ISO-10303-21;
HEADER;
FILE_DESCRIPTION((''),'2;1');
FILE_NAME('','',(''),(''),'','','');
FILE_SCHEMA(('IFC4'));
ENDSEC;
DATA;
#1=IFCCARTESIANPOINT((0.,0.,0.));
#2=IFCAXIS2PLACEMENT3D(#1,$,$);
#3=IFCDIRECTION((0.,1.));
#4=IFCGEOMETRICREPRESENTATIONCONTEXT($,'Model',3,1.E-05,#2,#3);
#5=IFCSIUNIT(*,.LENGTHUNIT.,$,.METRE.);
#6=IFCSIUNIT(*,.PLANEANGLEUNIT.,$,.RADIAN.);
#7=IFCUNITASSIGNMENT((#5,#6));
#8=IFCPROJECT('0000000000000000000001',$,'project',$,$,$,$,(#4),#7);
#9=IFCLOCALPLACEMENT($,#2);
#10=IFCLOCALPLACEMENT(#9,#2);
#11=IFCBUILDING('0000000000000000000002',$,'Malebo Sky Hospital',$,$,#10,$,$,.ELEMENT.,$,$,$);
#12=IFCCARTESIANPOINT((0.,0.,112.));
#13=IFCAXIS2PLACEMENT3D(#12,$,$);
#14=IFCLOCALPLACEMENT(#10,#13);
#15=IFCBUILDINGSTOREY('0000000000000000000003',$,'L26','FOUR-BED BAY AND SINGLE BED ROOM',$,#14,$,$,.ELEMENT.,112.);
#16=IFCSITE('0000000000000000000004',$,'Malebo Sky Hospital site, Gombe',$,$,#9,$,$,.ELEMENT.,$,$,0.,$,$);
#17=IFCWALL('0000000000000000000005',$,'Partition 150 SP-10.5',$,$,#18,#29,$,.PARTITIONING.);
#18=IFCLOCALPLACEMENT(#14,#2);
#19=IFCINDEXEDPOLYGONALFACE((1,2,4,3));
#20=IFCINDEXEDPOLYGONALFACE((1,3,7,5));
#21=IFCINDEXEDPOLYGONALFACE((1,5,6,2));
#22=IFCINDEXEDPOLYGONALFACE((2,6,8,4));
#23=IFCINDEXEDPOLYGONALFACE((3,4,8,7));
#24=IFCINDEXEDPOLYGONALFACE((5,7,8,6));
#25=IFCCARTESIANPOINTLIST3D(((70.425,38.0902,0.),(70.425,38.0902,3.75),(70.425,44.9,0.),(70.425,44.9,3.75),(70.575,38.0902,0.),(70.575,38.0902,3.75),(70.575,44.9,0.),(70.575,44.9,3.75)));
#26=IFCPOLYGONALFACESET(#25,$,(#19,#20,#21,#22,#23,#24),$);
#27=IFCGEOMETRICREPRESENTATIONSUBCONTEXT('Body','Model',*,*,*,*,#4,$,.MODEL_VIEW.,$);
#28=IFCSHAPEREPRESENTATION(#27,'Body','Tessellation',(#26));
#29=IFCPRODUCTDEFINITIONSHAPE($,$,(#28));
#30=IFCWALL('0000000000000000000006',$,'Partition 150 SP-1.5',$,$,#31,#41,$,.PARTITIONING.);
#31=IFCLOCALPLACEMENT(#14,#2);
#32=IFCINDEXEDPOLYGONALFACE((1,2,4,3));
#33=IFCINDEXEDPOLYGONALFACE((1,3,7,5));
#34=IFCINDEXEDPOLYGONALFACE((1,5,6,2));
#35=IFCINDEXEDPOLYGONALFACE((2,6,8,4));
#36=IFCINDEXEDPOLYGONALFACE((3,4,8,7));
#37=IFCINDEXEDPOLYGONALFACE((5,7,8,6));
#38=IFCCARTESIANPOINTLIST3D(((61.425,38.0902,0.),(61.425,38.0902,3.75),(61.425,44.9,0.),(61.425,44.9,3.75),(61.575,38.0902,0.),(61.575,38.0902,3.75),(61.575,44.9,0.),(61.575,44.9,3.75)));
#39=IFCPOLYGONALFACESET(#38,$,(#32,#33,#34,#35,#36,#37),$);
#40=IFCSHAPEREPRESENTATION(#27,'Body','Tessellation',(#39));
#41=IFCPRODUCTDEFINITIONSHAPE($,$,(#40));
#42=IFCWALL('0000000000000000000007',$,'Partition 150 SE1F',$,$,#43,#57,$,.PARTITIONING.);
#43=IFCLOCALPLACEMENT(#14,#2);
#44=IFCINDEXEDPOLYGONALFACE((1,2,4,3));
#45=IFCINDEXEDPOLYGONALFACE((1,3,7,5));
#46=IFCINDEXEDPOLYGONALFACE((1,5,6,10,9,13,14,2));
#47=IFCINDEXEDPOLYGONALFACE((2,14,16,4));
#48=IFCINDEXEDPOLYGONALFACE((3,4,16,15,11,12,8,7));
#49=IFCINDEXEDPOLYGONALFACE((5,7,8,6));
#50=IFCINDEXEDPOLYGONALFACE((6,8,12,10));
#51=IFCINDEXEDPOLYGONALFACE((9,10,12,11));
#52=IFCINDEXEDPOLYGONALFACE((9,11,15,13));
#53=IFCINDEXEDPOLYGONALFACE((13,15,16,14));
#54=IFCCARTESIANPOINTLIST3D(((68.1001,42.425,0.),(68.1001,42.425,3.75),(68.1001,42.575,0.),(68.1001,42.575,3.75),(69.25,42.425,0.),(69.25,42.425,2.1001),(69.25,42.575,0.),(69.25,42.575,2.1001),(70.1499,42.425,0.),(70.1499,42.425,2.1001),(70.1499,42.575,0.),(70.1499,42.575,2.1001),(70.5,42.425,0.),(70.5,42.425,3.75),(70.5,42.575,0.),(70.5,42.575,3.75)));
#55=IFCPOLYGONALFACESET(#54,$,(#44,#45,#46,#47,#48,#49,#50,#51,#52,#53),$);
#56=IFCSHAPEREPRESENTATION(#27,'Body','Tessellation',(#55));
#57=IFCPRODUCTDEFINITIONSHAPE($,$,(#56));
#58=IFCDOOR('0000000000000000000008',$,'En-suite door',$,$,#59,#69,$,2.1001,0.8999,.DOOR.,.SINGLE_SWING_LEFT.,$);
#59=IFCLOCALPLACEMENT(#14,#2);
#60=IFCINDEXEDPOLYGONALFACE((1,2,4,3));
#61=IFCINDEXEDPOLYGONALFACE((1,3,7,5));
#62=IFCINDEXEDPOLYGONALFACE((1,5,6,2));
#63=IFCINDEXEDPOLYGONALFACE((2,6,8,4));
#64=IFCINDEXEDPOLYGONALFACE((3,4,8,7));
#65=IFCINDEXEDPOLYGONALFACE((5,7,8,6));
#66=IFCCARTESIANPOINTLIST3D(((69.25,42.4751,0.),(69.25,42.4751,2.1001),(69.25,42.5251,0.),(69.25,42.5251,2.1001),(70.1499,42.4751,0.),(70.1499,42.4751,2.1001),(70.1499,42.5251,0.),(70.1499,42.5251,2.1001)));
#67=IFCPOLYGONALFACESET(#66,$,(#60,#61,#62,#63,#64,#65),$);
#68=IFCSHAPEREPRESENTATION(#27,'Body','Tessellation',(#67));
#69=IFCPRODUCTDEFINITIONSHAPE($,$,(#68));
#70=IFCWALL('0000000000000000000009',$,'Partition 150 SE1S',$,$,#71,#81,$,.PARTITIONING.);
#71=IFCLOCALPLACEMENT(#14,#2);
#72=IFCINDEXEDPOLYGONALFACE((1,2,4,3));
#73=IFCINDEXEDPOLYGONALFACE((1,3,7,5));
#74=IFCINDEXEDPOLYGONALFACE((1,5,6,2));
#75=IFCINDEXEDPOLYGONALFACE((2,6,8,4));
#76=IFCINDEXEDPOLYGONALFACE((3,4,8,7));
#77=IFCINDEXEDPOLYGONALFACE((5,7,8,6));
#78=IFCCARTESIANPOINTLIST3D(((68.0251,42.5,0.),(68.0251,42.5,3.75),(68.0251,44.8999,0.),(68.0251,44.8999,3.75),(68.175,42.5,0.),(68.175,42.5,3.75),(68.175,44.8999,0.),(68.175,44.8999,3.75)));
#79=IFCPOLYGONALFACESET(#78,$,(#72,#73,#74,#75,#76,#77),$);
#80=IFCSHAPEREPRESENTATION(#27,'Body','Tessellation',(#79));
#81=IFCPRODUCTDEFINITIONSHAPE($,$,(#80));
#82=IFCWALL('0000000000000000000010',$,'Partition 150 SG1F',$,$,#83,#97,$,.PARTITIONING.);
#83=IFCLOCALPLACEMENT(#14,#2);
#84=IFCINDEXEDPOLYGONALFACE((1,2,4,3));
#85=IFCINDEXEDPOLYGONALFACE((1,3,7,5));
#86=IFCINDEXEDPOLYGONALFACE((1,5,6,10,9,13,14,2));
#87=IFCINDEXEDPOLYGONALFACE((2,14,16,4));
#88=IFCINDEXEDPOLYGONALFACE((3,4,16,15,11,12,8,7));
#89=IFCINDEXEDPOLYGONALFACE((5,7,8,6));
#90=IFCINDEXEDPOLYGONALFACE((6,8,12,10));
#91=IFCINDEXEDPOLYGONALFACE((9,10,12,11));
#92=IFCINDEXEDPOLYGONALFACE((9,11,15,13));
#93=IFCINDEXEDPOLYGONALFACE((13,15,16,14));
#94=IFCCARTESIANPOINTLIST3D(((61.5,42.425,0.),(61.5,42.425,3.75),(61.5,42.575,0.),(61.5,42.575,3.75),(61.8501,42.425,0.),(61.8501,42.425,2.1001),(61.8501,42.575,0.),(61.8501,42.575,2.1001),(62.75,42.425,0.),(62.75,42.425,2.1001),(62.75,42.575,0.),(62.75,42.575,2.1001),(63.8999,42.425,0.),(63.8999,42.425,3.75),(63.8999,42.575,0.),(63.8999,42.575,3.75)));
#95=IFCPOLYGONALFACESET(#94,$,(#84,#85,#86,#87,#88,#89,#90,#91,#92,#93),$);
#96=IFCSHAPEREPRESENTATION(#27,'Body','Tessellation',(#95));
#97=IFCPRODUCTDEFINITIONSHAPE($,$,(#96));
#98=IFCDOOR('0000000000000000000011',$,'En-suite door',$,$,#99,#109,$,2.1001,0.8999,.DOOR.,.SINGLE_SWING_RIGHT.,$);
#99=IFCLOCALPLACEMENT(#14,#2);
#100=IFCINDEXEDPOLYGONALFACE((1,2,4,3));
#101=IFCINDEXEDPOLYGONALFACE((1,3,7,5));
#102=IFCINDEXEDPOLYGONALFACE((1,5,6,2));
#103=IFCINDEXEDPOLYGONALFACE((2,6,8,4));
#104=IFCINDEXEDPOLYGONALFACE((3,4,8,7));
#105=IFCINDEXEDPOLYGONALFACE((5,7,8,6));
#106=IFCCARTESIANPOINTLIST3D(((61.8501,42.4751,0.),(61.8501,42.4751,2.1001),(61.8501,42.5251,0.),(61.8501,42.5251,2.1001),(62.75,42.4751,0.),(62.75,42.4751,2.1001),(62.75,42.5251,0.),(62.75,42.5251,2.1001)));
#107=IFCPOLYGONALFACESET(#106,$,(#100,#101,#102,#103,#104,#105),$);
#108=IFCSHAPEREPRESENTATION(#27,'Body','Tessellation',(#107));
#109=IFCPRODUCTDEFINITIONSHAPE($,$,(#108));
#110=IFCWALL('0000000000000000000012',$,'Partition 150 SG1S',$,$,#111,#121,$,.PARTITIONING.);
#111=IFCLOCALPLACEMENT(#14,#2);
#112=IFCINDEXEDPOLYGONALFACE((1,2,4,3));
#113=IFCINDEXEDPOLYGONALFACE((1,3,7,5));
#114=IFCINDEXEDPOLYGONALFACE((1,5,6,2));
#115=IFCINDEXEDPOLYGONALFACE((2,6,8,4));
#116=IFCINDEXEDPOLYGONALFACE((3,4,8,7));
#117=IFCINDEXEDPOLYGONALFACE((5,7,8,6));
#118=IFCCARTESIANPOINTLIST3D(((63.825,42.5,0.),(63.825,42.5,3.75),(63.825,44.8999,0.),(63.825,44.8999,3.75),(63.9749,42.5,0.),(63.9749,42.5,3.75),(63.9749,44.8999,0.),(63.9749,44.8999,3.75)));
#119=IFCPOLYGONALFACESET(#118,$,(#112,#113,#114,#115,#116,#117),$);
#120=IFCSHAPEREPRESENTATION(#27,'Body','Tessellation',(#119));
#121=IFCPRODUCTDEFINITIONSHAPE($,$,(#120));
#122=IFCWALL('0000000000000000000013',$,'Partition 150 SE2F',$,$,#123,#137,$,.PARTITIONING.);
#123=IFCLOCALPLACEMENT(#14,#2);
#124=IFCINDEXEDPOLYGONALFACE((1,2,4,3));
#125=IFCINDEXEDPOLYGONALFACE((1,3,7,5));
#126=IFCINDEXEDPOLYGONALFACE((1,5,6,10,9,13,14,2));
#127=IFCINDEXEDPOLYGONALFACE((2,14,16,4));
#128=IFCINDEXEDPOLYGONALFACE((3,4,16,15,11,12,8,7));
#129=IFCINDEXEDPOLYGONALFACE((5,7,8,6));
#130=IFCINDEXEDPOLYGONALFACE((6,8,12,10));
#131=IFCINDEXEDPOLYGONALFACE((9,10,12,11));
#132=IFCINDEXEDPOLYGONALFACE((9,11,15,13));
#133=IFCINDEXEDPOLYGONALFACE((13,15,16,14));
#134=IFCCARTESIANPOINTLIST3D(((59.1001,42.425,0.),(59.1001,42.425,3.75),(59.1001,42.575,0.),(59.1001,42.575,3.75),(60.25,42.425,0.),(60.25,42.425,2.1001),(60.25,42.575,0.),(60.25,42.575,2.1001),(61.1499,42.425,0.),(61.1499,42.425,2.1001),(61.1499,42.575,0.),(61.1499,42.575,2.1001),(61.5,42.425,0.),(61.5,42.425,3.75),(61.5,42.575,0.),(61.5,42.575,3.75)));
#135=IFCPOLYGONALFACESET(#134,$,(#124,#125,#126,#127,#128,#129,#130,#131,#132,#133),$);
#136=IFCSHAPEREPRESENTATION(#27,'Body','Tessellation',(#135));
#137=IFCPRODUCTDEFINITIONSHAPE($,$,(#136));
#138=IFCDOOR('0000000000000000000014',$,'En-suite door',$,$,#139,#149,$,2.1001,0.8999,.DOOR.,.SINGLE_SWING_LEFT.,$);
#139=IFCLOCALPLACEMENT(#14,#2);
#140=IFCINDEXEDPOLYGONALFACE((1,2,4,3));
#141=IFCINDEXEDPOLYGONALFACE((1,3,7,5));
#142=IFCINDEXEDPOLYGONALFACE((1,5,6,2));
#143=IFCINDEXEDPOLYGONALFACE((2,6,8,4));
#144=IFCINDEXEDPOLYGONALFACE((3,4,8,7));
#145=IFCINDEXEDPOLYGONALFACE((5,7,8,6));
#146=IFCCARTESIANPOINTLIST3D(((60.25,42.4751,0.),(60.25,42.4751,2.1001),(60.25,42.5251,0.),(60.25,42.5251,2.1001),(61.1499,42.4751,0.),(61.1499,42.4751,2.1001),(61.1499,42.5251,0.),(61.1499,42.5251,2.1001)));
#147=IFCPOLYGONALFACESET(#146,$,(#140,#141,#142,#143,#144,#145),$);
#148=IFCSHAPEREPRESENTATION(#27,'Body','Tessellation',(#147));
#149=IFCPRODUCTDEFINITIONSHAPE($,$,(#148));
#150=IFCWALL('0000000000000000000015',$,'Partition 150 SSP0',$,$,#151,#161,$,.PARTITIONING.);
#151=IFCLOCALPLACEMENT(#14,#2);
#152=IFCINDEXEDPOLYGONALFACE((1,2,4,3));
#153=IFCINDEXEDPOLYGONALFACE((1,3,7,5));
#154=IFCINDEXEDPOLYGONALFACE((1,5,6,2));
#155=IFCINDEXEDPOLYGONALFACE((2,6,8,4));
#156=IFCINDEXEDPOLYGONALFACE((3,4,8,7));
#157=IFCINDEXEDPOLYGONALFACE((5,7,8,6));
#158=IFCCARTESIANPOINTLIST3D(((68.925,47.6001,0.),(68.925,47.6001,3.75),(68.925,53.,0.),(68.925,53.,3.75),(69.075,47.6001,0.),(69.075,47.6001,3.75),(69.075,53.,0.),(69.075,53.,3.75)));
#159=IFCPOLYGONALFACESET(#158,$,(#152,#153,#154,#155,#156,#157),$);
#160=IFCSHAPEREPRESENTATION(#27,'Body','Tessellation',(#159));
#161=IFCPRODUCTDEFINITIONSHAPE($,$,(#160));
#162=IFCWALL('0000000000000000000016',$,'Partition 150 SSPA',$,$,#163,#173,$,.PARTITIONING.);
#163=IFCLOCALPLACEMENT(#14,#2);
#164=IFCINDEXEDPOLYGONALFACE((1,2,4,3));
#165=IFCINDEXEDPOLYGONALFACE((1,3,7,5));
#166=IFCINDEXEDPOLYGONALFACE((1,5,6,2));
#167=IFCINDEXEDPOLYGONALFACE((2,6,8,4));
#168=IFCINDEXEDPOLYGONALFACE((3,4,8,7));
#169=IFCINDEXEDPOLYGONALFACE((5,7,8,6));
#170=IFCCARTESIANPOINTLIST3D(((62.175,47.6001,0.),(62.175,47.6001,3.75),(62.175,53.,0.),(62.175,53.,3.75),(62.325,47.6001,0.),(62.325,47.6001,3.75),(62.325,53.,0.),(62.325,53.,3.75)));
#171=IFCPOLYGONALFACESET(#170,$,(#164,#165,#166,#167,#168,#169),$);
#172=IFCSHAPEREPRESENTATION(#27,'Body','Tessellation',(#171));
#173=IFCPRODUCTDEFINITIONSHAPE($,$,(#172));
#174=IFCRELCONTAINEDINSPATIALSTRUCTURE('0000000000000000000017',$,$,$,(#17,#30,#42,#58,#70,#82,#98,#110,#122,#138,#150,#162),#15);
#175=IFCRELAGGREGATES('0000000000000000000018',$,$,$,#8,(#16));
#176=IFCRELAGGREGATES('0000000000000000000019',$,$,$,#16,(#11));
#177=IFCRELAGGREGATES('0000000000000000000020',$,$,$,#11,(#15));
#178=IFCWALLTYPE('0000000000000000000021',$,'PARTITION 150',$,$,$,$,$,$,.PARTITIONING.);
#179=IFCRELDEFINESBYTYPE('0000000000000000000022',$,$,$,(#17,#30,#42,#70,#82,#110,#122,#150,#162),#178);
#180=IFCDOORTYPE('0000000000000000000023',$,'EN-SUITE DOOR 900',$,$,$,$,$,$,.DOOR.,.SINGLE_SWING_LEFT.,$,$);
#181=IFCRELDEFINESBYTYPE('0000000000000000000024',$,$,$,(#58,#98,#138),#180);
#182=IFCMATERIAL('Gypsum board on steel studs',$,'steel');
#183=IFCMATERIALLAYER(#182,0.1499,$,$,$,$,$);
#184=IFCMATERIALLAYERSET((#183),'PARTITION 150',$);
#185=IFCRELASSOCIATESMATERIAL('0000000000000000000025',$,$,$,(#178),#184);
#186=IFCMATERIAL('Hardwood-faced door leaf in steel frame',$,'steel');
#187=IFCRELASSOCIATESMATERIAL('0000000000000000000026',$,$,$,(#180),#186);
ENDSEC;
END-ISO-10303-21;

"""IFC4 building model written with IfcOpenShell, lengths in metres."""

from ifc_helpers import new_model, si_unit, direction, frame, frame_2d, origin, place, context, subcontext, project, spatial, rectangle, extrude, material, layer, layer_set, type_object, element, fill, save


model = new_model("IFC4")

# Units and contexts
model_context = context("Model", 3, precision=1e-05, world=origin(), true_north=direction((0.0, 1.0)))
body_context = subcontext(model_context, "Body", "Model", "MODEL_VIEW")
ifc_project = project(units=[si_unit("LENGTHUNIT", "METRE"), si_unit("PLANEANGLEUNIT", "RADIAN")], contexts=[model_context])

# Site, building, storey
site_placement = place(None, origin())
site = spatial("IfcSite", under=ifc_project, at=site_placement, Name="Malebo Sky Hospital site, Gombe", CompositionType="ELEMENT", RefElevation=0.0)
building_placement = place(site_placement, origin())
building = spatial("IfcBuilding", under=site, at=building_placement, Name="Malebo Sky Hospital", CompositionType="ELEMENT")
storey_placement = place(building_placement, frame((0.0, 0.0, 112.0)))
storey = spatial("IfcBuildingStorey", under=building, at=storey_placement, Name="L26", Description="FOUR-BED BAY AND SINGLE BED ROOM", CompositionType="ELEMENT", Elevation=112.0)

# Walls
ifc_material_1 = material(Name="Gypsum board on steel studs", Category="steel")
ifc_layer = layer(ifc_material_1, 0.1499)
ifc_layer_set = layer_set([ifc_layer], Name="PARTITION 150")
wall_type = type_object("IfcWallType", Name="PARTITION 150", PredefinedType="PARTITIONING", material=ifc_layer_set)
for number, where, z_axis, x_axis, name in (
    (1, (70.5, 44.8999, 0.0), (0.0, 0.0, 1.0), (0.0, -1.0, 0.0), "Partition 150 SP-10.5"),
    (2, (61.5, 44.8999, 0.0), (0.0, 0.0, 1.0), (0.0, -1.0, 0.0), "Partition 150 SP-1.5"),
):
    element("IfcWall", number, at=place(storey_placement, frame(where, z_axis=z_axis, x_axis=x_axis)), inside=storey, type_object=wall_type, Name=name, PredefinedType="PARTITIONING", context=body_context, shape_type="SweptSolid", body=[
        extrude(rectangle(XDim=6.8098, YDim=0.1499, at=frame_2d((3.4048, 0.0))), origin(), (0.0, 0.0, 1.0), 3.75),
    ])

# Wall, opening, door
wall_1_placement = place(storey_placement, frame((70.5, 42.5, 0.0), z_axis=(0.0, 0.0, 1.0), x_axis=(-1.0, 0.0, 0.0)))
wall_1 = element("IfcWall", 3, at=wall_1_placement, inside=storey, type_object=wall_type, Name="Partition 150 SE1F", PredefinedType="PARTITIONING", context=body_context, shape_type="SweptSolid", body=[
    extrude(rectangle(XDim=2.3999, YDim=0.1499, at=frame_2d((1.2, 0.0))), origin(), (0.0, 0.0, 1.0), 3.75),
])
opening_1_placement = place(wall_1_placement, frame((0.3501, 0.0, 0.0)))
opening_1 = element("IfcOpeningElement", 4, at=opening_1_placement, cuts=wall_1, PredefinedType="OPENING", context=body_context, shape_type="SweptSolid", body=[
    extrude(rectangle(XDim=0.8999, YDim=2.1001, at=frame_2d((0.45, 1.05))), frame((0.0, 0.085, 0.0), z_axis=(0.0, -1.0, 0.0), x_axis=(1.0, 0.0, 0.0)), (0.0, 0.0, 1.0), 0.1699),
])
ifc_material_2 = material(Name="Hardwood-faced door leaf in steel frame", Category="steel")
door_type = type_object("IfcDoorType", Name="EN-SUITE DOOR 900", OperationType="SINGLE_SWING_LEFT", PredefinedType="DOOR", material=ifc_material_2)
door_1_placement = place(opening_1_placement, origin())
door_1 = element("IfcDoor", 5, at=door_1_placement, inside=storey, type_object=door_type, Name="En-suite door", OperationType="SINGLE_SWING_LEFT", OverallHeight=2.1001, OverallWidth=0.8999, PredefinedType="DOOR", context=body_context, shape_type="SweptSolid", body=[
    extrude(rectangle(XDim=0.8999, YDim=2.1001, at=frame_2d((0.45, 1.05))), frame((0.0, 0.0249, 0.0), z_axis=(0.0, -1.0, 0.0), x_axis=(1.0, 0.0, 0.0)), (0.0, 0.0, 1.0), 0.05),
])
fill(opening_1, door_1)

# Wall
wall_2_placement = place(storey_placement, frame((68.1001, 44.8999, 0.0), z_axis=(0.0, 0.0, 1.0), x_axis=(0.0, -1.0, 0.0)))
element("IfcWall", 6, at=wall_2_placement, inside=storey, type_object=wall_type, Name="Partition 150 SE1S", PredefinedType="PARTITIONING", context=body_context, shape_type="SweptSolid", body=[
    extrude(rectangle(XDim=2.3999, YDim=0.1499, at=frame_2d((1.2, 0.0))), origin(), (0.0, 0.0, 1.0), 3.75),
])

# Wall, opening, door
wall_3_placement = place(storey_placement, frame((63.8999, 42.5, 0.0), z_axis=(0.0, 0.0, 1.0), x_axis=(-1.0, 0.0, 0.0)))
wall_3 = element("IfcWall", 7, at=wall_3_placement, inside=storey, type_object=wall_type, Name="Partition 150 SG1F", PredefinedType="PARTITIONING", context=body_context, shape_type="SweptSolid", body=[
    extrude(rectangle(XDim=2.3999, YDim=0.1499, at=frame_2d((1.2, 0.0))), origin(), (0.0, 0.0, 1.0), 3.75),
])
opening_2_placement = place(wall_3_placement, frame((1.1499, 0.0, 0.0)))
opening_2 = element("IfcOpeningElement", 8, at=opening_2_placement, cuts=wall_3, PredefinedType="OPENING", context=body_context, shape_type="SweptSolid", body=[
    extrude(rectangle(XDim=0.8999, YDim=2.1001, at=frame_2d((0.45, 1.05))), frame((0.0, 0.085, 0.0), z_axis=(0.0, -1.0, 0.0), x_axis=(1.0, 0.0, 0.0)), (0.0, 0.0, 1.0), 0.1699),
])
door_2_placement = place(opening_2_placement, origin())
door_2 = element("IfcDoor", 9, at=door_2_placement, inside=storey, type_object=door_type, Name="En-suite door", OperationType="SINGLE_SWING_RIGHT", OverallHeight=2.1001, OverallWidth=0.8999, PredefinedType="DOOR", context=body_context, shape_type="SweptSolid", body=[
    extrude(rectangle(XDim=0.8999, YDim=2.1001, at=frame_2d((0.45, 1.05))), frame((0.0, 0.0249, 0.0), z_axis=(0.0, -1.0, 0.0), x_axis=(1.0, 0.0, 0.0)), (0.0, 0.0, 1.0), 0.05),
])
fill(opening_2, door_2)

# Wall
wall_4_placement = place(storey_placement, frame((63.8999, 44.8999, 0.0), z_axis=(0.0, 0.0, 1.0), x_axis=(0.0, -1.0, 0.0)))
element("IfcWall", 10, at=wall_4_placement, inside=storey, type_object=wall_type, Name="Partition 150 SG1S", PredefinedType="PARTITIONING", context=body_context, shape_type="SweptSolid", body=[
    extrude(rectangle(XDim=2.3999, YDim=0.1499, at=frame_2d((1.2, 0.0))), origin(), (0.0, 0.0, 1.0), 3.75),
])

# Wall, opening, door
wall_5_placement = place(storey_placement, frame((61.5, 42.5, 0.0), z_axis=(0.0, 0.0, 1.0), x_axis=(-1.0, 0.0, 0.0)))
wall_5 = element("IfcWall", 11, at=wall_5_placement, inside=storey, type_object=wall_type, Name="Partition 150 SE2F", PredefinedType="PARTITIONING", context=body_context, shape_type="SweptSolid", body=[
    extrude(rectangle(XDim=2.3999, YDim=0.1499, at=frame_2d((1.2, 0.0))), origin(), (0.0, 0.0, 1.0), 3.75),
])
opening_3_placement = place(wall_5_placement, frame((0.3501, 0.0, 0.0)))
opening_3 = element("IfcOpeningElement", 12, at=opening_3_placement, cuts=wall_5, PredefinedType="OPENING", context=body_context, shape_type="SweptSolid", body=[
    extrude(rectangle(XDim=0.8999, YDim=2.1001, at=frame_2d((0.45, 1.05))), frame((0.0, 0.085, 0.0), z_axis=(0.0, -1.0, 0.0), x_axis=(1.0, 0.0, 0.0)), (0.0, 0.0, 1.0), 0.1699),
])
door_3_placement = place(opening_3_placement, origin())
door_3 = element("IfcDoor", 13, at=door_3_placement, inside=storey, type_object=door_type, Name="En-suite door", OperationType="SINGLE_SWING_LEFT", OverallHeight=2.1001, OverallWidth=0.8999, PredefinedType="DOOR", context=body_context, shape_type="SweptSolid", body=[
    extrude(rectangle(XDim=0.8999, YDim=2.1001, at=frame_2d((0.45, 1.05))), frame((0.0, 0.0249, 0.0), z_axis=(0.0, -1.0, 0.0), x_axis=(1.0, 0.0, 0.0)), (0.0, 0.0, 1.0), 0.05),
])
fill(opening_3, door_3)

# Walls
for number, where, z_axis, x_axis, name in (
    (14, (69.0, 53.0, 0.0), (0.0, 0.0, 1.0), (0.0, -1.0, 0.0), "Partition 150 SSP0"),
    (15, (62.25, 53.0, 0.0), (0.0, 0.0, 1.0), (0.0, -1.0, 0.0), "Partition 150 SSPA"),
):
    element("IfcWall", number, at=place(storey_placement, frame(where, z_axis=z_axis, x_axis=x_axis)), inside=storey, type_object=wall_type, Name=name, PredefinedType="PARTITIONING", context=body_context, shape_type="SweptSolid", body=[
        extrude(rectangle(XDim=5.3999, YDim=0.1499, at=frame_2d((2.7, 0.0))), origin(), (0.0, 0.0, 1.0), 3.75),
    ])

save(model, "model.ifc")
